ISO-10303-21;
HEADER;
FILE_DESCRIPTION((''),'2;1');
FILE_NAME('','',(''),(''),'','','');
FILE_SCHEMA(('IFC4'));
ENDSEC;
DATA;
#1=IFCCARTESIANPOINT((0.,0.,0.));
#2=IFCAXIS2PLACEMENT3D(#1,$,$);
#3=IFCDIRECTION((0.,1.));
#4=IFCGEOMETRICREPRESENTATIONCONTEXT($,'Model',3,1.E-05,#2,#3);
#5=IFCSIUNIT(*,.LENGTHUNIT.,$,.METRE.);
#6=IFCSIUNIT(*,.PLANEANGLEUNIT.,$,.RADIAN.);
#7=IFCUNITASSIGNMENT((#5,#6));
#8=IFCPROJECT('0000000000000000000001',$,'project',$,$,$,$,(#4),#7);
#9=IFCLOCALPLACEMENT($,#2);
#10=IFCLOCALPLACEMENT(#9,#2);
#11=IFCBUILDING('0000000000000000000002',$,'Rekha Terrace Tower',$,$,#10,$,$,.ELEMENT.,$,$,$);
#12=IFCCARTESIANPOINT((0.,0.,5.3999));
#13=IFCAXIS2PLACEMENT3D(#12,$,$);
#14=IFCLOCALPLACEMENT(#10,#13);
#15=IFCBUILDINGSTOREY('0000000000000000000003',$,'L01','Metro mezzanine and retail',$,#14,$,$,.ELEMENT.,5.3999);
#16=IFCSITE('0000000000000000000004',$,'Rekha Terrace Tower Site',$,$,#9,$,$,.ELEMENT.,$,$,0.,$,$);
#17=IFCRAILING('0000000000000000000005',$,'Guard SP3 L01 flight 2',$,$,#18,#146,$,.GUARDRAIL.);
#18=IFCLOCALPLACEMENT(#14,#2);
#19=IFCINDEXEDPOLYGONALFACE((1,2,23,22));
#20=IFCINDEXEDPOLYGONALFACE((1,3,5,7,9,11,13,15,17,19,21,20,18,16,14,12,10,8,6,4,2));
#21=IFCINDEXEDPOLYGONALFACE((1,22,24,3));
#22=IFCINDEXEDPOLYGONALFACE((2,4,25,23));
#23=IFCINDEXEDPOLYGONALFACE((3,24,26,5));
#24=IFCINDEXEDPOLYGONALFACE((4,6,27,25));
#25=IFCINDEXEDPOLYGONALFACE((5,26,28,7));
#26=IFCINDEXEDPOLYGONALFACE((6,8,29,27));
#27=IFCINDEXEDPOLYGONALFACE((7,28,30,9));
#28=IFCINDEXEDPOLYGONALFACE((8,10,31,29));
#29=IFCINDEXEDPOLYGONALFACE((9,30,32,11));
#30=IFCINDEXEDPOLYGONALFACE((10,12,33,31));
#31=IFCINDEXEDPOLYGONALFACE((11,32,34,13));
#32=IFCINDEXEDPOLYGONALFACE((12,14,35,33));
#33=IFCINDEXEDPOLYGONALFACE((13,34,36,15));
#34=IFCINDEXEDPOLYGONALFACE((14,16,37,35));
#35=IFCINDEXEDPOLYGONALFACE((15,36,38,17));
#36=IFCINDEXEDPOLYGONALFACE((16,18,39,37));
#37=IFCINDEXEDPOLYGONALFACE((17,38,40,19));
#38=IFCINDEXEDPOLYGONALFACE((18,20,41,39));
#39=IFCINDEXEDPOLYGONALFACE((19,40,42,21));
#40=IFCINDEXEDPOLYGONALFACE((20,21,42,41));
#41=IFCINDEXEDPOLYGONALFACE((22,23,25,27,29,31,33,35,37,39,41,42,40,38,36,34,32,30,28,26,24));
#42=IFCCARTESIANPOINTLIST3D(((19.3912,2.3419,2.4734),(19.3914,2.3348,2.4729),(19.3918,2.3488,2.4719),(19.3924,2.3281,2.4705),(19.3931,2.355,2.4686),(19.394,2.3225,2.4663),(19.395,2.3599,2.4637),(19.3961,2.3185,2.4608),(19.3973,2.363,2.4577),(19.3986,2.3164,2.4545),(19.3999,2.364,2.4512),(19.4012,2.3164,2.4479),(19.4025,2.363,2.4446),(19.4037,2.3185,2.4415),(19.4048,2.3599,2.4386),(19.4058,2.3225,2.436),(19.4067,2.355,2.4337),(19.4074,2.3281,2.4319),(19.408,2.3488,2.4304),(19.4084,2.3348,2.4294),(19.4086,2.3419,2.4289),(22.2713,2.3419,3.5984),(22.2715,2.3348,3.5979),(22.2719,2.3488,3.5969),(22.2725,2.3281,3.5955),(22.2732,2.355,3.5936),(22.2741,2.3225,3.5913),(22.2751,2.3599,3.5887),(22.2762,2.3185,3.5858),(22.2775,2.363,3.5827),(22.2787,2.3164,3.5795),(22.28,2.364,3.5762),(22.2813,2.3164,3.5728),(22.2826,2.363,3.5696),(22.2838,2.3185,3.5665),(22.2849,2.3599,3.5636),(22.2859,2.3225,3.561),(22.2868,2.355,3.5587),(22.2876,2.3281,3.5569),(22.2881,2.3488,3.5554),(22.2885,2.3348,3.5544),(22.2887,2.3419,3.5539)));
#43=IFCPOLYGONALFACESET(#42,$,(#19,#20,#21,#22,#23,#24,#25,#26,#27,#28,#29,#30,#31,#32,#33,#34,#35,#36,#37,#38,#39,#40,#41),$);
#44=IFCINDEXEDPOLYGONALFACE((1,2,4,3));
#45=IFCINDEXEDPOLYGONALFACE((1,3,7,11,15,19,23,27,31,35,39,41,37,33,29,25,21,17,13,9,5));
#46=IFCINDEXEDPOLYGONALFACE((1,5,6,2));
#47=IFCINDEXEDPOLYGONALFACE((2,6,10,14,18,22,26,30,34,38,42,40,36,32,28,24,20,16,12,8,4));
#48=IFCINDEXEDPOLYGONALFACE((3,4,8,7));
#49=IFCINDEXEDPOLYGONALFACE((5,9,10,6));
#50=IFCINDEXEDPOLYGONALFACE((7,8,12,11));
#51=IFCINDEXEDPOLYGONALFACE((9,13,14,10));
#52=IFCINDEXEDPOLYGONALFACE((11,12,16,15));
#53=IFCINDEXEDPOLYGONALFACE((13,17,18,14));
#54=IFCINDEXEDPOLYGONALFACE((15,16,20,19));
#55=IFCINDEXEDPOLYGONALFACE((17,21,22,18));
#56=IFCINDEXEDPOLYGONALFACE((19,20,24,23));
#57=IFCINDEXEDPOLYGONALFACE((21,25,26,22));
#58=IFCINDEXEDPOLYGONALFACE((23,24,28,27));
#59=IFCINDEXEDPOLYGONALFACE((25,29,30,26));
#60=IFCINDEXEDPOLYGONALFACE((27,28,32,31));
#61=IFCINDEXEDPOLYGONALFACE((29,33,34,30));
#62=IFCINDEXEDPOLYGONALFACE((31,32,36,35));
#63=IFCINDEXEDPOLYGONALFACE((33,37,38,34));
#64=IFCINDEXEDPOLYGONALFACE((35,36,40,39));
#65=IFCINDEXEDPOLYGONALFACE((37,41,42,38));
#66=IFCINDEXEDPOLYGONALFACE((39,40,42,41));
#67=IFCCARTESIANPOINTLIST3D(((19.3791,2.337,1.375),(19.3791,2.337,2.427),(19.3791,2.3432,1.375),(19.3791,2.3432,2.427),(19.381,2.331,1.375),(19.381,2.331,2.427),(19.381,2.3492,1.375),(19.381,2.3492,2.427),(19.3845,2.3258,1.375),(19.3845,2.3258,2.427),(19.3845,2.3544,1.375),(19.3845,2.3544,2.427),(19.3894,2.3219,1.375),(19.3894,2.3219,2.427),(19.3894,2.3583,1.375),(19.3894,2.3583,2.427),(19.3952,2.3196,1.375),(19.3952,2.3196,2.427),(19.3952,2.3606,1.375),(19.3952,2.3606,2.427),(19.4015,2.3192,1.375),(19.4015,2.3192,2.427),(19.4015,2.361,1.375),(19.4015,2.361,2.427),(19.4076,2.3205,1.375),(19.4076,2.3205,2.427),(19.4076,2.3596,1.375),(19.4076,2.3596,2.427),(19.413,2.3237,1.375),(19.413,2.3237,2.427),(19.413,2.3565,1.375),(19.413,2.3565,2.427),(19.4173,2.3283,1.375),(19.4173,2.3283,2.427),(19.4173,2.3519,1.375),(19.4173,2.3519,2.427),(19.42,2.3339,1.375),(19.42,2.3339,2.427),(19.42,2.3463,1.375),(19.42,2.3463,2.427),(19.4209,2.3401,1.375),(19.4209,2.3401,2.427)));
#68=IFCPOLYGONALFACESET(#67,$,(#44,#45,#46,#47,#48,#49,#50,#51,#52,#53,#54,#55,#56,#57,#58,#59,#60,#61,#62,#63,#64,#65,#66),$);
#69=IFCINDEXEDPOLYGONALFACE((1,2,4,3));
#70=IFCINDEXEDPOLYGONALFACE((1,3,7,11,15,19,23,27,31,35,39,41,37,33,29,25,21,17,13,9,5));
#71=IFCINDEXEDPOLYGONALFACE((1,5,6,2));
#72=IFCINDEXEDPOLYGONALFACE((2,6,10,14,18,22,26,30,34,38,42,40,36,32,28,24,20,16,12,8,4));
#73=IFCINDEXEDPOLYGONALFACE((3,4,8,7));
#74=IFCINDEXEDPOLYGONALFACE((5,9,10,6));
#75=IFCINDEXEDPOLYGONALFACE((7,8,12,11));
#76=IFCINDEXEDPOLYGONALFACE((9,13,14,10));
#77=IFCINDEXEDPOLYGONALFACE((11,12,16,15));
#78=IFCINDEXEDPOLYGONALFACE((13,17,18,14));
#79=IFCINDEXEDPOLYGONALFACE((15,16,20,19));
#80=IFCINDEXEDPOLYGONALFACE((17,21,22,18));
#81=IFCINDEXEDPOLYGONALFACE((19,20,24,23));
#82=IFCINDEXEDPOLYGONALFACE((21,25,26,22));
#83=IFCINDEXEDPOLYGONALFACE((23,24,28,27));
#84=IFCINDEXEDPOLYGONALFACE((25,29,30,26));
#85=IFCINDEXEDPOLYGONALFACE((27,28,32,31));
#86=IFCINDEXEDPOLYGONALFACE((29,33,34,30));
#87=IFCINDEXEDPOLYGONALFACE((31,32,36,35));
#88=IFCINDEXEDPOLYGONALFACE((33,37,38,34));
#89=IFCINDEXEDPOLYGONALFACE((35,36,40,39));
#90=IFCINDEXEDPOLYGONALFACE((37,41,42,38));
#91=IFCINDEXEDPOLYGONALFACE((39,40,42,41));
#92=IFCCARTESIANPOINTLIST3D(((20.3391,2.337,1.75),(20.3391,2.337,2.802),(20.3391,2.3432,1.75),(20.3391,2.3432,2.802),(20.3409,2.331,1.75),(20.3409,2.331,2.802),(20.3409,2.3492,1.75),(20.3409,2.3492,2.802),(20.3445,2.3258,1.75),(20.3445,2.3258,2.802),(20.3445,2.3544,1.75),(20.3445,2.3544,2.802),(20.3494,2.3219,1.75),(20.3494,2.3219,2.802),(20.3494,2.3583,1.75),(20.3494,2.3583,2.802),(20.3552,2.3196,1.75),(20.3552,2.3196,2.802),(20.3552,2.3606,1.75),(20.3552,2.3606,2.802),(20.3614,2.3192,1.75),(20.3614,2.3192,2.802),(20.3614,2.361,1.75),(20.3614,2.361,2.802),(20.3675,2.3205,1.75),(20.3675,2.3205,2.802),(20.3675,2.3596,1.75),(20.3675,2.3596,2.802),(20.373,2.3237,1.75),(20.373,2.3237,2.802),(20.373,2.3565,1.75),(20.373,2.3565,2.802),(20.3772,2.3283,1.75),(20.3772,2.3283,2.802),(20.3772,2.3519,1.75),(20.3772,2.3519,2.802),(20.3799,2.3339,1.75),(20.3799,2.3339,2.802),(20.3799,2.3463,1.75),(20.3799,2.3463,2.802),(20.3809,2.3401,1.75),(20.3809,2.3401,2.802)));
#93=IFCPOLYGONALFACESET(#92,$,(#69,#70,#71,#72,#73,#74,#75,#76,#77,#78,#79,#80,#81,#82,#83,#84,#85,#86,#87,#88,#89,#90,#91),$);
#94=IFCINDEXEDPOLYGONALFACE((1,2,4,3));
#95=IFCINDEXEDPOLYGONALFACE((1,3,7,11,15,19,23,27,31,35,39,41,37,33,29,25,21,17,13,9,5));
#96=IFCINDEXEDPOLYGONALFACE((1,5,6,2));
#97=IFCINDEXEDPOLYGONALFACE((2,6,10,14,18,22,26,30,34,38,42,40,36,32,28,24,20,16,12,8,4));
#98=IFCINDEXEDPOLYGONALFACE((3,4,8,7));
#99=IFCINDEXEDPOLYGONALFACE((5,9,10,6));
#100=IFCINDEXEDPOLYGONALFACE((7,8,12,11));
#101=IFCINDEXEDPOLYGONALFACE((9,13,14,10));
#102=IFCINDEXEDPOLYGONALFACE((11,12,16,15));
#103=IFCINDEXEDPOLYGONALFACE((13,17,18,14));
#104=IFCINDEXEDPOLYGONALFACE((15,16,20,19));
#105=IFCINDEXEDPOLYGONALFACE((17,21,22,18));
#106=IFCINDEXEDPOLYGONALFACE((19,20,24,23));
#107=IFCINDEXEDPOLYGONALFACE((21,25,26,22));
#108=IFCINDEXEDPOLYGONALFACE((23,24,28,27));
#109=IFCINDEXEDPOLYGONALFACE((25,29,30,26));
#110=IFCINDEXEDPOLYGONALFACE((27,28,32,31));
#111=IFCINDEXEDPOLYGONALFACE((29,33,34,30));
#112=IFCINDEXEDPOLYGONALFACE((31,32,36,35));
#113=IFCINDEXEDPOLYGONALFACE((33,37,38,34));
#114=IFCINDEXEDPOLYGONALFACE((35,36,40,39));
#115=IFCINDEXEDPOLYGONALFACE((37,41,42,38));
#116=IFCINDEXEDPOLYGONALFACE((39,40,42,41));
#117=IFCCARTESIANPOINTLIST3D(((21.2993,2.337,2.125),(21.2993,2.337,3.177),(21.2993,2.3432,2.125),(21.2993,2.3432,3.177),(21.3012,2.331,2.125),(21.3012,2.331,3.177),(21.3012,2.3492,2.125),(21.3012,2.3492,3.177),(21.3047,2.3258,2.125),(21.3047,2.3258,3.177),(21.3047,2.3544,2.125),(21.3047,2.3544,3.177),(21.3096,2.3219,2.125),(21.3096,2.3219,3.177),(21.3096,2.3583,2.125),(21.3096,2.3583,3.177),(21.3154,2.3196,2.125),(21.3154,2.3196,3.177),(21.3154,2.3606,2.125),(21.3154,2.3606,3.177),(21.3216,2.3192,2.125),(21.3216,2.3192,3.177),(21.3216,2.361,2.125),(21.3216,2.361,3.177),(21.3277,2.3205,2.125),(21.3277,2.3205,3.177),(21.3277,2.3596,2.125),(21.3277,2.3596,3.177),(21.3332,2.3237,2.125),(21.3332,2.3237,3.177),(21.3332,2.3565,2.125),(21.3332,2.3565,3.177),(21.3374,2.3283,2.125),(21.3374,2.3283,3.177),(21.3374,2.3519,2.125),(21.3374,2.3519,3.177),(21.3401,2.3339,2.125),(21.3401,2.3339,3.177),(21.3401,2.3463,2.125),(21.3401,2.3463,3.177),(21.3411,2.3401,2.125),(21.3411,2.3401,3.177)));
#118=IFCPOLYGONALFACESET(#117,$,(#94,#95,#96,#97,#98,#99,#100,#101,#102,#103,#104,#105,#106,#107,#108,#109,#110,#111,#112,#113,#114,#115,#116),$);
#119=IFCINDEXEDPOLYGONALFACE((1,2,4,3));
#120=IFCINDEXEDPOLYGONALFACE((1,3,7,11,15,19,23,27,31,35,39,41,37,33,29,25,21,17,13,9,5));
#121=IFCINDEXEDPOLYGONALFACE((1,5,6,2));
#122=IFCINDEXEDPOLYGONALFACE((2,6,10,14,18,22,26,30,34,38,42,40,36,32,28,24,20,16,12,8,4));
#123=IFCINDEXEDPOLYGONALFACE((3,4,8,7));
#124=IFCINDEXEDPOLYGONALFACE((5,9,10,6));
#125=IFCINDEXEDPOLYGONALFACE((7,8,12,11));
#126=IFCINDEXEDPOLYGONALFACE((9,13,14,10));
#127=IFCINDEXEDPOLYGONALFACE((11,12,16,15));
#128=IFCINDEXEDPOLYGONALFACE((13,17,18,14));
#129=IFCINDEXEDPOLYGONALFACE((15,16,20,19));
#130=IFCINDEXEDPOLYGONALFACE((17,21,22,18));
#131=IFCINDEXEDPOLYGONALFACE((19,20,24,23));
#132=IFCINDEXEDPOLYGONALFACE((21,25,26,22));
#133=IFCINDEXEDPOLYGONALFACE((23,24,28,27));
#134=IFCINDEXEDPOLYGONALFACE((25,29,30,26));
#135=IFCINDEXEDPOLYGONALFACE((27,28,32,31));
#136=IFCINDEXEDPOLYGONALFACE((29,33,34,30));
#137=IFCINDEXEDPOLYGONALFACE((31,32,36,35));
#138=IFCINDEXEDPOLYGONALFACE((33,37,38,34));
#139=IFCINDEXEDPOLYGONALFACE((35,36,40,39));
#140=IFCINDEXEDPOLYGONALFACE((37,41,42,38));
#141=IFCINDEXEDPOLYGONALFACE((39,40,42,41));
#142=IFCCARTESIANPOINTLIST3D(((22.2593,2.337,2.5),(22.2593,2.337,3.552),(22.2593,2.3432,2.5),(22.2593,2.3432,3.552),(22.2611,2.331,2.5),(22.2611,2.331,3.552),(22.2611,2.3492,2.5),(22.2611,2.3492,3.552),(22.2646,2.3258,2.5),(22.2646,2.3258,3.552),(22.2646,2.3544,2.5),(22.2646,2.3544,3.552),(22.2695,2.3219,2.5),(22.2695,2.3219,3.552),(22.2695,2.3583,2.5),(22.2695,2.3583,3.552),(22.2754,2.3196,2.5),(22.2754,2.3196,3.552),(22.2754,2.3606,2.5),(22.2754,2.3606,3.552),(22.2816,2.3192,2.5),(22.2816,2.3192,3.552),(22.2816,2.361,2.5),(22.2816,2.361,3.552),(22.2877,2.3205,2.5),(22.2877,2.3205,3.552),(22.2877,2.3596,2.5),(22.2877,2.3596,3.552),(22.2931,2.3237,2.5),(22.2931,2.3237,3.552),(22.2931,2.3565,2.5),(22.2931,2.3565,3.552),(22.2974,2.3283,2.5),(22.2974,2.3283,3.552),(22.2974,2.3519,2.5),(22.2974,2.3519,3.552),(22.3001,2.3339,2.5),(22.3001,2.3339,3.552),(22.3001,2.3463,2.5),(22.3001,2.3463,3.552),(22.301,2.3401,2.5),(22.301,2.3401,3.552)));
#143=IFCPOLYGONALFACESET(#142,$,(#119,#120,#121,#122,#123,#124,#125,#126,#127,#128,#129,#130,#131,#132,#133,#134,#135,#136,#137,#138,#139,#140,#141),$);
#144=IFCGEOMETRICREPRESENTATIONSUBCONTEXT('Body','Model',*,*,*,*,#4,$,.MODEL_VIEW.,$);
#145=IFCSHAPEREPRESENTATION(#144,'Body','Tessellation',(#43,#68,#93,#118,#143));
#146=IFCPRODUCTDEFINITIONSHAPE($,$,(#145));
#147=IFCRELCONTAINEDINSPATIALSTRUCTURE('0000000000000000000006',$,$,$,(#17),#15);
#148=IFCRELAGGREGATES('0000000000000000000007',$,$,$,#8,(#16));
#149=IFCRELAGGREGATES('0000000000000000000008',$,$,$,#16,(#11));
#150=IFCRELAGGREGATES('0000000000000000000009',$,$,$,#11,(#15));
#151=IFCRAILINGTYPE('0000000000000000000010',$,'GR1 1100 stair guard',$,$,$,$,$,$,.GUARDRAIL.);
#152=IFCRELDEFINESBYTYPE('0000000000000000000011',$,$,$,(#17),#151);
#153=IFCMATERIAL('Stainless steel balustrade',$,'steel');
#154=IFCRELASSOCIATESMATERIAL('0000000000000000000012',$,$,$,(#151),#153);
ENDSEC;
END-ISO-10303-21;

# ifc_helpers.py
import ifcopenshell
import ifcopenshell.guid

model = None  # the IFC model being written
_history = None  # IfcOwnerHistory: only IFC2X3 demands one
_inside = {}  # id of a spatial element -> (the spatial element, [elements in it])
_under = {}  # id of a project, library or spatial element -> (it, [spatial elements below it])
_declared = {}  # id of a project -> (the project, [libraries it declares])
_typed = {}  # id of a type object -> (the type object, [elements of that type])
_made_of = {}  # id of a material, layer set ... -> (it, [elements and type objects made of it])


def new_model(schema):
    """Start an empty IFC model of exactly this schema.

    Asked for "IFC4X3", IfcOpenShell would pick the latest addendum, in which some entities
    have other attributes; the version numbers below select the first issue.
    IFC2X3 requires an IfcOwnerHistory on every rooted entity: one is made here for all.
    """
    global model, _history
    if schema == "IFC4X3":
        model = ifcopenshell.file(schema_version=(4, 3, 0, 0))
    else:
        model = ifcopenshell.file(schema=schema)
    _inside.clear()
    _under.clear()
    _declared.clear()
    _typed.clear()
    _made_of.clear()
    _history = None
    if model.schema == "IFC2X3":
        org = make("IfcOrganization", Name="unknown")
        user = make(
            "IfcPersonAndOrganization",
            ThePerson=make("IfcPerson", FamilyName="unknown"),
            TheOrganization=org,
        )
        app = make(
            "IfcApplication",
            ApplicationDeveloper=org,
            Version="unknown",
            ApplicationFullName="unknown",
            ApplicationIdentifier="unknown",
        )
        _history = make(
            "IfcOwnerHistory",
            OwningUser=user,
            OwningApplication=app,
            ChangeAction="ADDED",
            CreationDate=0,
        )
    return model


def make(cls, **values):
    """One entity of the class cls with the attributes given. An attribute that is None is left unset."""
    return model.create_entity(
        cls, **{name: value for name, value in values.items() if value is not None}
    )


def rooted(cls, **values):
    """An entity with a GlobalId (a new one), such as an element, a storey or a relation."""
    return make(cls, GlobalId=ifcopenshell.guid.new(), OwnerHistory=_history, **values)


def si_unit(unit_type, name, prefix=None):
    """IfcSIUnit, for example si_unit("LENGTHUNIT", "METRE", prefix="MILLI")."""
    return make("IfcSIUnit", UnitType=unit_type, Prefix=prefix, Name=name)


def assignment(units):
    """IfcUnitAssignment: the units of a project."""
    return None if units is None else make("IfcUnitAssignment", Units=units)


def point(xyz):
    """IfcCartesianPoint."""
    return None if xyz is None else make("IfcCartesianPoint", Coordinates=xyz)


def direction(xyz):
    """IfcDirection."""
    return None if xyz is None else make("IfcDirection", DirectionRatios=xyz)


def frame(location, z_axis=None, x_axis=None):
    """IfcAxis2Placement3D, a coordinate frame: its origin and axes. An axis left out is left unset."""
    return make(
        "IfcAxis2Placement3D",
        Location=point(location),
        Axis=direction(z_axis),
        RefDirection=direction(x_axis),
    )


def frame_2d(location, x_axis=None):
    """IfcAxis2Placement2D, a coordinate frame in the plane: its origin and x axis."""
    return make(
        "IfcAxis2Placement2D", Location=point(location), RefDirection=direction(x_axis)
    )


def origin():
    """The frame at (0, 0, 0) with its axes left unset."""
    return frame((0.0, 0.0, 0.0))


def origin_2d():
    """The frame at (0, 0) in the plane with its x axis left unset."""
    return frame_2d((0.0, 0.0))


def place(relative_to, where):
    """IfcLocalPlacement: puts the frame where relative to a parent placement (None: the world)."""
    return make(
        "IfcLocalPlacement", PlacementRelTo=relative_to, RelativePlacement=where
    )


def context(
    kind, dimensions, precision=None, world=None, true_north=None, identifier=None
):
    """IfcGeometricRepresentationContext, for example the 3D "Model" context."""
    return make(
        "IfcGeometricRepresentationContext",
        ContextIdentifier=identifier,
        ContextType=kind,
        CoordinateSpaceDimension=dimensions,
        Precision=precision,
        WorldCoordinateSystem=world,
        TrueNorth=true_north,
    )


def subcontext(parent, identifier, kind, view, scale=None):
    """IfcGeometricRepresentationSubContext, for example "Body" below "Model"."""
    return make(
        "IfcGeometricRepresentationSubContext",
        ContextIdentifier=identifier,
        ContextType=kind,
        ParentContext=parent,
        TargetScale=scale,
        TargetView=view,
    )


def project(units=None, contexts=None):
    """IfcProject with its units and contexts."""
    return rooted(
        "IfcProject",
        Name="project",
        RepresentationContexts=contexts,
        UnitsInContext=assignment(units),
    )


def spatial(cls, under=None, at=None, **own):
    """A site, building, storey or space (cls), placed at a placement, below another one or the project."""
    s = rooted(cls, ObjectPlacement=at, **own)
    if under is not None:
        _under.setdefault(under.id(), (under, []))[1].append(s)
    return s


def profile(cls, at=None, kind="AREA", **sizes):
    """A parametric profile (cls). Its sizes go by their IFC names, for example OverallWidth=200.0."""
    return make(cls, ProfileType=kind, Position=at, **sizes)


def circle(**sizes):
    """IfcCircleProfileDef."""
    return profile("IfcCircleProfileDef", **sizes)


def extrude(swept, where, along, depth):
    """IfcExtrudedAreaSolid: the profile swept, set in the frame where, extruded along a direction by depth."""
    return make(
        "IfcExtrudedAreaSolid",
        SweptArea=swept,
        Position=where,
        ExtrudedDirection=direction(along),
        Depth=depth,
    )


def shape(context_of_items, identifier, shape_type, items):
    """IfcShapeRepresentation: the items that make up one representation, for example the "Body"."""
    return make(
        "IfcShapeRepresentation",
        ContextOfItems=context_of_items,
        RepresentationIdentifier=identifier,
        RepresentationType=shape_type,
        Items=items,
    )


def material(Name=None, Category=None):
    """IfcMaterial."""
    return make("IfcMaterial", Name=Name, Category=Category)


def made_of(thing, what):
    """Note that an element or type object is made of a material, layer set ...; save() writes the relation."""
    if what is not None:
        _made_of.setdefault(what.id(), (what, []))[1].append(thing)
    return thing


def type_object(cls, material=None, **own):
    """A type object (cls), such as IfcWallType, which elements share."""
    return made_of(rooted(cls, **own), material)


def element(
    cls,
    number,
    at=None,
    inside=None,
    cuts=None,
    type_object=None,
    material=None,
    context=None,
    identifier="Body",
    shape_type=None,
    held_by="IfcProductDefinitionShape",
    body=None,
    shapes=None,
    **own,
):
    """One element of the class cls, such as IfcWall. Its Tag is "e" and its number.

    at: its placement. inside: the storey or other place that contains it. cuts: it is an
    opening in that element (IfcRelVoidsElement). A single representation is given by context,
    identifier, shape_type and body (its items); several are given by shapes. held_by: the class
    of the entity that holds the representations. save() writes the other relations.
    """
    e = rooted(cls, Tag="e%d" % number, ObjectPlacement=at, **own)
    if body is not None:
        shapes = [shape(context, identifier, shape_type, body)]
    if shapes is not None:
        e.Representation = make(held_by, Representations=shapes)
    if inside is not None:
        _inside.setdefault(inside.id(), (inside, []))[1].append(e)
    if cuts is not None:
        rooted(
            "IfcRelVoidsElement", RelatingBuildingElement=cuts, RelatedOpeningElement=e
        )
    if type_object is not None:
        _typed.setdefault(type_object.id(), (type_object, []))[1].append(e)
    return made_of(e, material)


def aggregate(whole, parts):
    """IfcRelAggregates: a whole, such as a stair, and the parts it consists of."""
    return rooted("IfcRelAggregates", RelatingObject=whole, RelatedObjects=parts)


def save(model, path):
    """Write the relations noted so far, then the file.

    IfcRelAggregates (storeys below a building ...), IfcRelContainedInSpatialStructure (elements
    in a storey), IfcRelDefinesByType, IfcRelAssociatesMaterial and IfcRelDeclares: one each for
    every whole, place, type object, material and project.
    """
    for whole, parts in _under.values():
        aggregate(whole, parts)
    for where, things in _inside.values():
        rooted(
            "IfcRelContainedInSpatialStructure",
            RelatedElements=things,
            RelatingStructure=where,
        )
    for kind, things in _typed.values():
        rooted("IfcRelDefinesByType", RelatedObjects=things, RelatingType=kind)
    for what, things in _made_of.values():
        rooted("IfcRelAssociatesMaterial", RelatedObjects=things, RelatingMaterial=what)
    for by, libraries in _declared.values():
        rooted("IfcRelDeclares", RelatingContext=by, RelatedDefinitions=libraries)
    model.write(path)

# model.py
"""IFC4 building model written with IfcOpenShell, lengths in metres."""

from ifc_helpers import new_model, si_unit, direction, frame, origin, origin_2d, place, context, subcontext, project, spatial, circle, extrude, material, type_object, element, save


model = new_model("IFC4")

# Units and contexts
model_context = context("Model", 3, precision=1e-05, world=origin(), true_north=direction((0.0, 1.0)))
body_context = subcontext(model_context, "Body", "Model", "MODEL_VIEW")
ifc_project = project(units=[si_unit("LENGTHUNIT", "METRE"), si_unit("PLANEANGLEUNIT", "RADIAN")], contexts=[model_context])

# Site, building, storey
site_placement = place(None, origin())
site = spatial("IfcSite", under=ifc_project, at=site_placement, Name="Rekha Terrace Tower Site", CompositionType="ELEMENT", RefElevation=0.0)
building_placement = place(site_placement, origin())
building = spatial("IfcBuilding", under=site, at=building_placement, Name="Rekha Terrace Tower", CompositionType="ELEMENT")
storey_placement = place(building_placement, frame((0.0, 0.0, 5.3999)))
storey = spatial("IfcBuildingStorey", under=building, at=storey_placement, Name="L01", Description="Metro mezzanine and retail", CompositionType="ELEMENT", Elevation=5.3999)

# Railing
ifc_material_1 = material(Name="Stainless steel balustrade", Category="steel")
railing_type_1 = type_object("IfcRailingType", Name="GR1 1100 stair guard", PredefinedType="GUARDRAIL", material=ifc_material_1)
railing_1_placement = place(storey_placement, frame((19.3999, 2.3401, 1.375)))
element("IfcRailing", 1, at=railing_1_placement, inside=storey, type_object=railing_type_1, Name="Guard SP3 L01 flight 2", PredefinedType="GUARDRAIL", context=body_context, shape_type="SweptSolid", body=[
    extrude(circle(Radius=0.0239, at=origin_2d()), frame((0.0, 0.0, 1.0762), z_axis=(0.931463, 0.0, 0.363837), x_axis=(0.0, 1.0, 0.0)), (0.0, 0.0, 1.0), 3.092),
    extrude(circle(Radius=0.021, at=origin_2d()), origin(), (0.0, 0.0, 1.0), 1.052),
    extrude(circle(Radius=0.021, at=origin_2d()), frame((0.96, 0.0, 0.375)), (0.0, 0.0, 1.0), 1.052),
    extrude(circle(Radius=0.021, at=origin_2d()), frame((1.9202, 0.0, 0.75)), (0.0, 0.0, 1.0), 1.052),
    extrude(circle(Radius=0.021, at=origin_2d()), frame((2.8801, 0.0, 1.125)), (0.0, 0.0, 1.0), 1.052),
])

save(model, "model.ifc")
